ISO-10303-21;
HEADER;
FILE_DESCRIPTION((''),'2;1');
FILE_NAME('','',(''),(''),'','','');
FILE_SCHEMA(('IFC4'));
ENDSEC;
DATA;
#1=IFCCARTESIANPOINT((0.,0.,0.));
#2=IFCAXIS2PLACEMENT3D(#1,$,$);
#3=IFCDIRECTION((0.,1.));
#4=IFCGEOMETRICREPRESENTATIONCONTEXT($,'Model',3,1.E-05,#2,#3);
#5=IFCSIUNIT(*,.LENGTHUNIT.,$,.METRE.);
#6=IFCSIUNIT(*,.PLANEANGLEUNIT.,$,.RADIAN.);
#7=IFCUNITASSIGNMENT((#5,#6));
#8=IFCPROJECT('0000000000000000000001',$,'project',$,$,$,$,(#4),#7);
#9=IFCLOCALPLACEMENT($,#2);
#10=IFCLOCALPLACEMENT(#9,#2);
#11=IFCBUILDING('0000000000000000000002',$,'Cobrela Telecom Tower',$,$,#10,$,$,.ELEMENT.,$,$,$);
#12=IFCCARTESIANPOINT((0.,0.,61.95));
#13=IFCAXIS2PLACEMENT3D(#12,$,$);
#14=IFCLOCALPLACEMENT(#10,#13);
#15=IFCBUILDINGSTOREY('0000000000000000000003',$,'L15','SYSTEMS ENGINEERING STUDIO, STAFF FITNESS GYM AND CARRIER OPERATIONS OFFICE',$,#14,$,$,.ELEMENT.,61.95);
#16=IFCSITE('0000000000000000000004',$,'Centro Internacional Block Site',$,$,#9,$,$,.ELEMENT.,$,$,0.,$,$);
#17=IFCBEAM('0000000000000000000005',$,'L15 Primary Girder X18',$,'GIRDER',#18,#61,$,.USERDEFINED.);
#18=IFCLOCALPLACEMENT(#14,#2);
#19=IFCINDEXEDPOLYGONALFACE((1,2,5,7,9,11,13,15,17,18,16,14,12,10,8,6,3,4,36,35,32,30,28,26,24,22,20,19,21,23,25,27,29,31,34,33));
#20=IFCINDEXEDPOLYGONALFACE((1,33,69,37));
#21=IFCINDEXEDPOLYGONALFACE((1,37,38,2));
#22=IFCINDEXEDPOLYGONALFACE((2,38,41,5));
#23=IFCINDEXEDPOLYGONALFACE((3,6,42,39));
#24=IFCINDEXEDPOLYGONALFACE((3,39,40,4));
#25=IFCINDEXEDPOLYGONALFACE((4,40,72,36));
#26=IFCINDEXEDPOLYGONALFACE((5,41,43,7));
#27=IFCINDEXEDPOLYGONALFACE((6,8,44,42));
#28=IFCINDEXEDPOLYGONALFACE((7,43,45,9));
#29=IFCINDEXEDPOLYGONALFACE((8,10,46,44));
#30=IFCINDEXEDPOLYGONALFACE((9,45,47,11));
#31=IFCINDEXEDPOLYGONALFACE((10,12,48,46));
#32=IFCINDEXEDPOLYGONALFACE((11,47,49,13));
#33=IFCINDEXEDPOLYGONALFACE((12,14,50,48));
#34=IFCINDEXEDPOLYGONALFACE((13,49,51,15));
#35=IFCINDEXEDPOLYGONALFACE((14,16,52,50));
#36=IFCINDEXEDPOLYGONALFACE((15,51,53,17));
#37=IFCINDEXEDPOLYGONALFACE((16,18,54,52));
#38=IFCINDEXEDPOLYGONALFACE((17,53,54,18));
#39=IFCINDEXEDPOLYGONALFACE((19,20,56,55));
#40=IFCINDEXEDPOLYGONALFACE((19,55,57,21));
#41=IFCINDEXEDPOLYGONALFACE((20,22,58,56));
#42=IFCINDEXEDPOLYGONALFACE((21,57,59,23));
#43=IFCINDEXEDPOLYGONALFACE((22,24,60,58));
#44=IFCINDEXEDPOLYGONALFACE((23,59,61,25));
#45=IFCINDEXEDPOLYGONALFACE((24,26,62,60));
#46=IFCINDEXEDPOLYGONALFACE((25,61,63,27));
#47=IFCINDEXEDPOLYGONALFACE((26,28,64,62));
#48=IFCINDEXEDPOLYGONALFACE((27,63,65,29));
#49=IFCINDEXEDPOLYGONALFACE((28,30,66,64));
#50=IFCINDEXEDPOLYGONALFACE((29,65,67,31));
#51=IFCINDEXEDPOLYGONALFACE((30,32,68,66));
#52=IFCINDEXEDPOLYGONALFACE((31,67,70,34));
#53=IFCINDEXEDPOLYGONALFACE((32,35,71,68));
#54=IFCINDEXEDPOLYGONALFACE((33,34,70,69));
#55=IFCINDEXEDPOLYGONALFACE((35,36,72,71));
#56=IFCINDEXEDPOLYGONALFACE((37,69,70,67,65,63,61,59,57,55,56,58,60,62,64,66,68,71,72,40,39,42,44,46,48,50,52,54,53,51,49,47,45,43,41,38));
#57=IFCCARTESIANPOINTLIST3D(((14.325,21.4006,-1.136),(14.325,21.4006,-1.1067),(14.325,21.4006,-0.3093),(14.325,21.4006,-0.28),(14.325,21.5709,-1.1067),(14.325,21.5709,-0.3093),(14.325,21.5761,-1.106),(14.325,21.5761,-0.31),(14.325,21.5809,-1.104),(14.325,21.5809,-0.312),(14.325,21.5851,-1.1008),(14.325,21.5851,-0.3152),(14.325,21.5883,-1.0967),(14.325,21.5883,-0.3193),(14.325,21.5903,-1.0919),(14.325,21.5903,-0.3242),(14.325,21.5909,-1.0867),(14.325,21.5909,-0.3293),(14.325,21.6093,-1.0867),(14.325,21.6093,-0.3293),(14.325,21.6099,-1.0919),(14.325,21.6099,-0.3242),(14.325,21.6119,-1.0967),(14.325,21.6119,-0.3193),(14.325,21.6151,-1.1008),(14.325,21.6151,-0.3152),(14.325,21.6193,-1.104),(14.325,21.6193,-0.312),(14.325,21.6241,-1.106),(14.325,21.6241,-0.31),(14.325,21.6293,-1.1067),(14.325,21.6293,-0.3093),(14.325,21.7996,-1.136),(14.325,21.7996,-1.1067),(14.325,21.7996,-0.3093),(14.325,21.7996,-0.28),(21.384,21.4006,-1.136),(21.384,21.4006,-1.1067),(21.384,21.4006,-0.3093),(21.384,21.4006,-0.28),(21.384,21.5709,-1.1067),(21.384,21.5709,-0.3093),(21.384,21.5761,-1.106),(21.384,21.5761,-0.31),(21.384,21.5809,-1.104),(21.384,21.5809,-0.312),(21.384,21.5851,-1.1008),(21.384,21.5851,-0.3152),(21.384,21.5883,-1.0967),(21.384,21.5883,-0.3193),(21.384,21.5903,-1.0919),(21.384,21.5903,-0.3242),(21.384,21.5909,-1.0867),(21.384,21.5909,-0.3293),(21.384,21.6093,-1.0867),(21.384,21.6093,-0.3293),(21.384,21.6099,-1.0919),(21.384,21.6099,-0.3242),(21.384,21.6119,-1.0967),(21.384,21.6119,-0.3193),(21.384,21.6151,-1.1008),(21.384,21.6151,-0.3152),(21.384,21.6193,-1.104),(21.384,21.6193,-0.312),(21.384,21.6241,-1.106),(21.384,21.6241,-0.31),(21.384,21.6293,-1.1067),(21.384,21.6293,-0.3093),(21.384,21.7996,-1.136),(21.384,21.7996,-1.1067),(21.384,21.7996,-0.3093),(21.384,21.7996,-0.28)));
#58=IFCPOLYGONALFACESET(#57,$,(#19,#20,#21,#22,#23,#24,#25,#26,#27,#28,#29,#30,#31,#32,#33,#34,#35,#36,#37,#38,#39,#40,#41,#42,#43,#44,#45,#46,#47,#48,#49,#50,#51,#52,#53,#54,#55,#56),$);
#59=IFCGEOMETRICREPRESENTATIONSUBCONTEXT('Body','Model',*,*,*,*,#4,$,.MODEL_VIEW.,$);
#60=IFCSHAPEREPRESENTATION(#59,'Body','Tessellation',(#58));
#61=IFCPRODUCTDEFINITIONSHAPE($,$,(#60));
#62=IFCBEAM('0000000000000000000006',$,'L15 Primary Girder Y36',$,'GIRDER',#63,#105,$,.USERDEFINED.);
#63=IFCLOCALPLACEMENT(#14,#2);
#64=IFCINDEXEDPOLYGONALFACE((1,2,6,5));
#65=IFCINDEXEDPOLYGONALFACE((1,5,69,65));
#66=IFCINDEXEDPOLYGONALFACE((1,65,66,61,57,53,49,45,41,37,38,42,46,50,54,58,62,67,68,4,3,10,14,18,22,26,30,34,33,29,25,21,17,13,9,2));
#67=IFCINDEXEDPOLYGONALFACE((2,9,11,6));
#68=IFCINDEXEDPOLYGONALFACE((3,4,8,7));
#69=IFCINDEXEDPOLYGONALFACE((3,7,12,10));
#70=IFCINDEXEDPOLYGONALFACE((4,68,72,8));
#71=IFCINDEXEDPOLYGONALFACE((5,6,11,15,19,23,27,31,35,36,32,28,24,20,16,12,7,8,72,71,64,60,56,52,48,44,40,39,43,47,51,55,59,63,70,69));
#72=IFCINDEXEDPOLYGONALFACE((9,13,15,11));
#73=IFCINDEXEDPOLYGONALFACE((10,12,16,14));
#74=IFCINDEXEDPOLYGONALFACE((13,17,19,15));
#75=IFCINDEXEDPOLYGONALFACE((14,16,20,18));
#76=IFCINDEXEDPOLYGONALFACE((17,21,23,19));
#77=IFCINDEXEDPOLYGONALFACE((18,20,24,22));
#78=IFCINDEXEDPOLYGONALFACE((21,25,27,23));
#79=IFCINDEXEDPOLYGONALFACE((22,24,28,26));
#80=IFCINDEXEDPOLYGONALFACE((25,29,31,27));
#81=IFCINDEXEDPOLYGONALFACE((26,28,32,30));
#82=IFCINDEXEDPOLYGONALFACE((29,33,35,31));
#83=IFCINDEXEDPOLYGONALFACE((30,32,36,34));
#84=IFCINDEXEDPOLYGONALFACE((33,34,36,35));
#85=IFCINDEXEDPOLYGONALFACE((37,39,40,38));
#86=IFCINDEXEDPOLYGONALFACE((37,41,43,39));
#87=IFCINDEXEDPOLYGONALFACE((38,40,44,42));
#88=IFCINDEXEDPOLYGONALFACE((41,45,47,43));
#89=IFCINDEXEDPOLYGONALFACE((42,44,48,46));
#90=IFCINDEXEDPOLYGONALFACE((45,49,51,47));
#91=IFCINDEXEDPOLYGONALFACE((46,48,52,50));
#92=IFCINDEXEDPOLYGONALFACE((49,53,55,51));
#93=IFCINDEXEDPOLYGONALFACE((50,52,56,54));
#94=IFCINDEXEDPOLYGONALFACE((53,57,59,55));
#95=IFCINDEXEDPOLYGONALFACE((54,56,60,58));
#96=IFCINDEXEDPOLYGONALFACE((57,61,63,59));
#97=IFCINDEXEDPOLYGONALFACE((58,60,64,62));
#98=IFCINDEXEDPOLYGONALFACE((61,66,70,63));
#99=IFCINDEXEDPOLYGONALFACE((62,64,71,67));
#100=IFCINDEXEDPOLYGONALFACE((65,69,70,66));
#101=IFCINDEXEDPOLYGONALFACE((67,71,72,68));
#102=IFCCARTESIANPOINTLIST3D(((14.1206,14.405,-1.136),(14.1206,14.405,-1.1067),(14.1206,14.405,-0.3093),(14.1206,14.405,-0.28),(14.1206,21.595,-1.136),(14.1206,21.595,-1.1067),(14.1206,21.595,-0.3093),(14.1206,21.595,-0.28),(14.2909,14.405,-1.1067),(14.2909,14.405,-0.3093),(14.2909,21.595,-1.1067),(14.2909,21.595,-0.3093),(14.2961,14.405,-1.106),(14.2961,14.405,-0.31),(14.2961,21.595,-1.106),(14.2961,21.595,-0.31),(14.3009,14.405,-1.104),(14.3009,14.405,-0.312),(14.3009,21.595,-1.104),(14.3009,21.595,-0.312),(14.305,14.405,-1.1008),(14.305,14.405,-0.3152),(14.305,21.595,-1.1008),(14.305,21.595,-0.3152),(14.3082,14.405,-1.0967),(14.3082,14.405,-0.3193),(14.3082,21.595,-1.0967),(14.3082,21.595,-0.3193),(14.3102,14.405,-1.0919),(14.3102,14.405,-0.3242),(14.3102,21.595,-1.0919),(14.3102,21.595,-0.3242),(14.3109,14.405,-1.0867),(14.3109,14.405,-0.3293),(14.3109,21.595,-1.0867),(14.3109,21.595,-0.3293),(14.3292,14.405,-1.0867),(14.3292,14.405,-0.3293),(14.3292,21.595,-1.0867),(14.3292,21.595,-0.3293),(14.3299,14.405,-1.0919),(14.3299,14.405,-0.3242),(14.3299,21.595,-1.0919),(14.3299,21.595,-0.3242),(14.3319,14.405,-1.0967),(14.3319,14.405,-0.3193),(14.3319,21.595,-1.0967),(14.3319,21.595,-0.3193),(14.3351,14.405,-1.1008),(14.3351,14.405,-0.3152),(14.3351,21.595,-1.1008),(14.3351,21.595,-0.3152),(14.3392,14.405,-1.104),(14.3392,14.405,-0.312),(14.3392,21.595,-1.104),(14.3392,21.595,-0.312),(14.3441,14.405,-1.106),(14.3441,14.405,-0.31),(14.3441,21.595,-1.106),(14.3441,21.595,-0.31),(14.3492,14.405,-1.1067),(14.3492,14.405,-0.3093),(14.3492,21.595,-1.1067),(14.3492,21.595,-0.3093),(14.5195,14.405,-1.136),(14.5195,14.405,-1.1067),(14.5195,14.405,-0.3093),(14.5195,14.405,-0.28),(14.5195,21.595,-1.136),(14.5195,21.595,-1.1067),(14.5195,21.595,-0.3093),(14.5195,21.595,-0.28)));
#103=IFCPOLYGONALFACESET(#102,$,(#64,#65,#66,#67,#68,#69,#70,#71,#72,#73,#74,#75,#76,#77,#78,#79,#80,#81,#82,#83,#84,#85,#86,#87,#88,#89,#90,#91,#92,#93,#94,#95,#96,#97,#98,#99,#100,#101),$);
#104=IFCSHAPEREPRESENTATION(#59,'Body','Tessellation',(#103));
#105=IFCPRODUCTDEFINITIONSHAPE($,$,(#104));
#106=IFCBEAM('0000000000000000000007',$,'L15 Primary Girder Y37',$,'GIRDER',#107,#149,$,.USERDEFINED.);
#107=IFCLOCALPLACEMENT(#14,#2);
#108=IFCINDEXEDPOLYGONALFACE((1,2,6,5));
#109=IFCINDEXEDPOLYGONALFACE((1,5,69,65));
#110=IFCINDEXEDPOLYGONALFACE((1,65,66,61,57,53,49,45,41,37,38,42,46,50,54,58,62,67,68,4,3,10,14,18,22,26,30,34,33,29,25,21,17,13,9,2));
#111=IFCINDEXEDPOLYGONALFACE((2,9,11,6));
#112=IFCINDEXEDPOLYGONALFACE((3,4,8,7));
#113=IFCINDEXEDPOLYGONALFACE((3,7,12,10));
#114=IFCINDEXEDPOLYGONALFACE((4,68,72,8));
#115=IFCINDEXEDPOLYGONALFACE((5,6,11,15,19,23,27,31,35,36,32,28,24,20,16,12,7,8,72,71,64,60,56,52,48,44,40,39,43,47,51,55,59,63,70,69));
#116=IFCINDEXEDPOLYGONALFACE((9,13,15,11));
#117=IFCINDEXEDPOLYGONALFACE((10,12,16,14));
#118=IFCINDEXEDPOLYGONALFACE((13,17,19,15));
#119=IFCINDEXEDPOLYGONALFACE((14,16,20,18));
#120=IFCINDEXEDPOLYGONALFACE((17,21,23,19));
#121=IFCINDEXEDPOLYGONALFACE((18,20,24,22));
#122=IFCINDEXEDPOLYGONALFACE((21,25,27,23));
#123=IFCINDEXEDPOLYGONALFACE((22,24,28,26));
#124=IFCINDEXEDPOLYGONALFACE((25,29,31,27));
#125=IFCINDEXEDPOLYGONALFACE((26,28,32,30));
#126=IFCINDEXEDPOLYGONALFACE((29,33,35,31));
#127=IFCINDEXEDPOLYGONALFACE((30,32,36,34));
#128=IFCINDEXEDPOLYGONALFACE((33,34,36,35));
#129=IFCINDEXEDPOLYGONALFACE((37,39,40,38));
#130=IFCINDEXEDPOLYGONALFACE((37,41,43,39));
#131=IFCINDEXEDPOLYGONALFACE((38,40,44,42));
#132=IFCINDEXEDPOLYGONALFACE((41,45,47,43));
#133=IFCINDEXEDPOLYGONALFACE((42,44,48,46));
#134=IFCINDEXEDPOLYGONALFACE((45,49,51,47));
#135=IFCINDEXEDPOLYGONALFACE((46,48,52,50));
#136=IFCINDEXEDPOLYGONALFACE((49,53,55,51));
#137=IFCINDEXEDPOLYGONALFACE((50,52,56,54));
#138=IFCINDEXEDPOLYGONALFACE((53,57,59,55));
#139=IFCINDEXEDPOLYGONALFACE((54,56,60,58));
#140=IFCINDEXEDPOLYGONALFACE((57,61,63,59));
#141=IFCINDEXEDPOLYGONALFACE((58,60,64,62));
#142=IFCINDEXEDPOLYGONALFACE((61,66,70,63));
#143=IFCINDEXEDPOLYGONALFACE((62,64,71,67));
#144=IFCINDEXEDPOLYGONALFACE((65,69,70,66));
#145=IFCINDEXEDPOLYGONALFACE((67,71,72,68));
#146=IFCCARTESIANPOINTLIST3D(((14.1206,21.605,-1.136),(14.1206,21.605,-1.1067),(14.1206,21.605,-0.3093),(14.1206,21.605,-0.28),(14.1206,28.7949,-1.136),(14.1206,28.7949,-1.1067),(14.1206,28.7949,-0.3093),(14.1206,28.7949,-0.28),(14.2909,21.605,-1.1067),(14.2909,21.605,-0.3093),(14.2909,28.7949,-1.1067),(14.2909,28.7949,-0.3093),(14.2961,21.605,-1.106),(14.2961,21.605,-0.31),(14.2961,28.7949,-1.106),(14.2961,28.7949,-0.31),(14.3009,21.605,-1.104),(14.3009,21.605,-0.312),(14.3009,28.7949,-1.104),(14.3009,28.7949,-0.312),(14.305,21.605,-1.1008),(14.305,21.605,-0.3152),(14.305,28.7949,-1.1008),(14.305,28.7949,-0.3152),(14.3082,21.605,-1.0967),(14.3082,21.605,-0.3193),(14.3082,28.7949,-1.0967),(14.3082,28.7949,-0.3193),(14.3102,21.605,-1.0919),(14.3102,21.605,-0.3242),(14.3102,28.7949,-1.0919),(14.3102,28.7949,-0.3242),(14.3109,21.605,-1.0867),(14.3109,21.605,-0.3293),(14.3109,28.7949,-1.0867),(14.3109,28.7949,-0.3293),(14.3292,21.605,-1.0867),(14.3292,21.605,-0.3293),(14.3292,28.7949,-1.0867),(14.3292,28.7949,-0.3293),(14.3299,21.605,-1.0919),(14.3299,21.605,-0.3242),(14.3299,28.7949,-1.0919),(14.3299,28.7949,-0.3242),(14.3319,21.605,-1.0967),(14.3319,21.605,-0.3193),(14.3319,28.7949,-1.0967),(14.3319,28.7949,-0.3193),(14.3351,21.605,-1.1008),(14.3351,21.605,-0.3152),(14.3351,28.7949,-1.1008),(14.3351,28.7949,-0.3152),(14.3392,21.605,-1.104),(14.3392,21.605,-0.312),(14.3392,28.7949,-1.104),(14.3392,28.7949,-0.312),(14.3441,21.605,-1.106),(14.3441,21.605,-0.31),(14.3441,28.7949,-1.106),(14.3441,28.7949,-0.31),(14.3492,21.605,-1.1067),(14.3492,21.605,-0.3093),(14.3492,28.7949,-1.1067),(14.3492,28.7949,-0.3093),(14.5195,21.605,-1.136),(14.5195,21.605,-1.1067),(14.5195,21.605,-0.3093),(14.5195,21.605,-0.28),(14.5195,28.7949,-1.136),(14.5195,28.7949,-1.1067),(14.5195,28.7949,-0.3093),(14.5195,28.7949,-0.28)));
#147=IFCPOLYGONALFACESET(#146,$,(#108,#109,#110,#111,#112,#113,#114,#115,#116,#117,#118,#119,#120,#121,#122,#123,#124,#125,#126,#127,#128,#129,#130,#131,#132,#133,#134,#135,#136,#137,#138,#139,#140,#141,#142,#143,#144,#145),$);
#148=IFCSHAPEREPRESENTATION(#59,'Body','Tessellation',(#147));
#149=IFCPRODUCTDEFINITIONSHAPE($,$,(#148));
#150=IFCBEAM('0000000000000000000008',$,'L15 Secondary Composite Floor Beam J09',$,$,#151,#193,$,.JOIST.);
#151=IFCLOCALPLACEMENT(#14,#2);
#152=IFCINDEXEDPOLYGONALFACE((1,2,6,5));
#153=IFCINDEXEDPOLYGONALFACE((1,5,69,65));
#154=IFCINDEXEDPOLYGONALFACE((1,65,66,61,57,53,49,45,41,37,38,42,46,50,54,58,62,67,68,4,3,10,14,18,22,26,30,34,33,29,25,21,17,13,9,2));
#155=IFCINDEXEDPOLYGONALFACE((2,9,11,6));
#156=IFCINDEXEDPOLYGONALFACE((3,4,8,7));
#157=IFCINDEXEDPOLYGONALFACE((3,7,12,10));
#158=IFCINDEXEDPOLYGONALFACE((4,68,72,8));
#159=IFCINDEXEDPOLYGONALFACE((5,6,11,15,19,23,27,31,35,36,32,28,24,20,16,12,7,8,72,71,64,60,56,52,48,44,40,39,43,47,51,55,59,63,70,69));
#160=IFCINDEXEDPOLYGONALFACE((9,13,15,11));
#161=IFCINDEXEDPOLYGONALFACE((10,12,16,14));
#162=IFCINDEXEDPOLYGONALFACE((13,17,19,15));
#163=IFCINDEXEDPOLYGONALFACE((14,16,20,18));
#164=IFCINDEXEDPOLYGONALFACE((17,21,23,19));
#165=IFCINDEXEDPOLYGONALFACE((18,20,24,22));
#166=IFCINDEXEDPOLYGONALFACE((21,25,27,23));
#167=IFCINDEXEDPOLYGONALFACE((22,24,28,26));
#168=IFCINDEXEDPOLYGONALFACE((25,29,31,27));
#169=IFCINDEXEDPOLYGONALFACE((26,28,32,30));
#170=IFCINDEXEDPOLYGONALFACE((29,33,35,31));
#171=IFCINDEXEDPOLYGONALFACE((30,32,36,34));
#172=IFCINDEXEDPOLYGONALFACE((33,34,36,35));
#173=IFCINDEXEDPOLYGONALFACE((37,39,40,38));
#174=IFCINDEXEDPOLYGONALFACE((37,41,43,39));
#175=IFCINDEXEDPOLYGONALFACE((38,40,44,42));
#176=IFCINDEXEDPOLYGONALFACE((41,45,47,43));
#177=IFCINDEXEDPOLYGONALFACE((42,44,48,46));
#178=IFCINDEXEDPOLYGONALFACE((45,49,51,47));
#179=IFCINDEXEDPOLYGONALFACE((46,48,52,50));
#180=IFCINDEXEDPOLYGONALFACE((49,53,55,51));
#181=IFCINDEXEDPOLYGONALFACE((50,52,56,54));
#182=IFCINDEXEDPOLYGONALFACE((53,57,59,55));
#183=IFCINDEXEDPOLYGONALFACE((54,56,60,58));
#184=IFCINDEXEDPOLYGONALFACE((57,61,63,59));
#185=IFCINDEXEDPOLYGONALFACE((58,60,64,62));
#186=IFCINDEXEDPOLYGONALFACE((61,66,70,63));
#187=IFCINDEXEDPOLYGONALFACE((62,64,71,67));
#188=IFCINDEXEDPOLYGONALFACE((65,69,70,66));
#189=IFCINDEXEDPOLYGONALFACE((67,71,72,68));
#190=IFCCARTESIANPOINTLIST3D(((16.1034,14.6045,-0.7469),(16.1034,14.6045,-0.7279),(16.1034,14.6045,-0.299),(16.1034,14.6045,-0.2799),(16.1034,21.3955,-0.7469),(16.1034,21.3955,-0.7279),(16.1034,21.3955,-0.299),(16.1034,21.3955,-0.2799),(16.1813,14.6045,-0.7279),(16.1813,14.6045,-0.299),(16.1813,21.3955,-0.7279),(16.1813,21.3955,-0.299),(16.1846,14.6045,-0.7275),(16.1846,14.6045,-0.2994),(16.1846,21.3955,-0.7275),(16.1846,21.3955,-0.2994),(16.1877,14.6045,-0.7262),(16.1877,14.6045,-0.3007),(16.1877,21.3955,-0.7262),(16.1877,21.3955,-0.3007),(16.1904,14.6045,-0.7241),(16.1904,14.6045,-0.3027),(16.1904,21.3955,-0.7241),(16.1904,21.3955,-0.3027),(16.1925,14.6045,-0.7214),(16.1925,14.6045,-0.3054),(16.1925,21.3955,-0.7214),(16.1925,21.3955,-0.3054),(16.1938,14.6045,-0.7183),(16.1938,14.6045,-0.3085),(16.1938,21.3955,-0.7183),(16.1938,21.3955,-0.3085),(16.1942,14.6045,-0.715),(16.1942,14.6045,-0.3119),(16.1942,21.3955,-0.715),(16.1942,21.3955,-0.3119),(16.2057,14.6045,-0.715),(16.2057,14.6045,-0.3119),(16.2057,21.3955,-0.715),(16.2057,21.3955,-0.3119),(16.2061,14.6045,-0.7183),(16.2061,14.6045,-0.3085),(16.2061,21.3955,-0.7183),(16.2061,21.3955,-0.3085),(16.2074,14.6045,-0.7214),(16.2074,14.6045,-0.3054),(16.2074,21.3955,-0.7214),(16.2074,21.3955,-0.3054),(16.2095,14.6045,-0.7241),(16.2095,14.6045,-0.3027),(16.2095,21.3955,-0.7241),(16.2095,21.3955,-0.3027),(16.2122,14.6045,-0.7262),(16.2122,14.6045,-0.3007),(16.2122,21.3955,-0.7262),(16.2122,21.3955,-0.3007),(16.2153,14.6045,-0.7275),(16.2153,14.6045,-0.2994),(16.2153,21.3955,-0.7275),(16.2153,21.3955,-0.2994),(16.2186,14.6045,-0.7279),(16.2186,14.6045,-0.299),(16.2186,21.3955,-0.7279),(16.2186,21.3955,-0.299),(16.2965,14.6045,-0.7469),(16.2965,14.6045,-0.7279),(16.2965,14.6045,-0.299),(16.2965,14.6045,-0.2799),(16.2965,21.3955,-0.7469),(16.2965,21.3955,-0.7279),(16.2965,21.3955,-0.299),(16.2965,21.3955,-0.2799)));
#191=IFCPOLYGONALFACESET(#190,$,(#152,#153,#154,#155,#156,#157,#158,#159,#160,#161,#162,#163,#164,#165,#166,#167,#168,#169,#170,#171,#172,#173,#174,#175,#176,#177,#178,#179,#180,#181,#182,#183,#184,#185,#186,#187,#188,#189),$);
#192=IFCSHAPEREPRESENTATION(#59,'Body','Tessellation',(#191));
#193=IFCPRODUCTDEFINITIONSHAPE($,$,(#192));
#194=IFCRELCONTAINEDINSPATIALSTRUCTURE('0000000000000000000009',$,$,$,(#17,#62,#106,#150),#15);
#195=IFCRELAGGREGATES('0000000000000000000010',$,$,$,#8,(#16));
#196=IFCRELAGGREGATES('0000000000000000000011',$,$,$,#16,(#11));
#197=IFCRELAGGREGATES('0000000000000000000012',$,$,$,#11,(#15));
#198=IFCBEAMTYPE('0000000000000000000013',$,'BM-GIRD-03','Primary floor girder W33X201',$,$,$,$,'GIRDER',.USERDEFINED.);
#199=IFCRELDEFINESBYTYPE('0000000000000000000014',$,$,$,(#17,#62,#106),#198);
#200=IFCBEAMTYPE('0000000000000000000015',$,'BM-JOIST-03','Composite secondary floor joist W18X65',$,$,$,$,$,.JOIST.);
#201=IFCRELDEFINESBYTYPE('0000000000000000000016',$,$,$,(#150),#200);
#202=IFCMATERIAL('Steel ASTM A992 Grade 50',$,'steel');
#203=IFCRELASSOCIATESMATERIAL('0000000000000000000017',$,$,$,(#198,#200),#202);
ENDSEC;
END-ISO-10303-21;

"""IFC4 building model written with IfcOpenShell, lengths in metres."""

from ifc_helpers import new_model, si_unit, direction, frame, origin, origin_2d, place, context, subcontext, project, spatial, i_section, extrude, material, material_profile, profile_set, type_object, element, save


model = new_model("IFC4")

# Units and contexts
model_context = context("Model", 3, precision=1e-05, world=origin(), true_north=direction((0.0, 1.0)))
body_context = subcontext(model_context, "Body", "Model", "MODEL_VIEW")
ifc_project = project(units=[si_unit("LENGTHUNIT", "METRE"), si_unit("PLANEANGLEUNIT", "RADIAN")], contexts=[model_context])

# Site, building, storey
site_placement = place(None, origin())
site = spatial("IfcSite", under=ifc_project, at=site_placement, Name="Centro Internacional Block Site", CompositionType="ELEMENT", RefElevation=0.0)
building_placement = place(site_placement, origin())
building = spatial("IfcBuilding", under=site, at=building_placement, Name="Cobrela Telecom Tower", CompositionType="ELEMENT")
storey_placement = place(building_placement, frame((0.0, 0.0, 61.95)))
storey = spatial("IfcBuildingStorey", under=building, at=storey_placement, Name="L15", Description="SYSTEMS ENGINEERING STUDIO, STAFF FITNESS GYM AND CARRIER OPERATIONS OFFICE", CompositionType="ELEMENT", Elevation=61.95)

# Beams
ifc_material_1 = material(Name="Steel ASTM A992 Grade 50", Category="steel")
ifc_material_profile_1 = material_profile(ifc_material_1, i_section(OverallWidth=0.3989, OverallDepth=0.856, WebThickness=0.0183, FlangeThickness=0.0293, FilletRadius=0.02, at=origin_2d()), Name="W33X201")
ifc_profile_set_1 = profile_set([ifc_material_profile_1], Name="Steel ASTM A992 Grade 50")
beam_type_1 = type_object("IfcBeamType", Name="BM-GIRD-03", Description="Primary floor girder W33X201", ElementType="GIRDER", PredefinedType="USERDEFINED", material=ifc_profile_set_1)
beam_placement = place(storey_placement, frame((14.325, 21.6001, -0.708), z_axis=(1.0, 0.0, 0.0), x_axis=(0.0, 1.0, 0.0)))
element("IfcBeam", 1, at=beam_placement, inside=storey, type_object=beam_type_1, Name="L15 Primary Girder X18", ObjectType="GIRDER", PredefinedType="USERDEFINED", context=body_context, shape_type="SweptSolid", body=[
    extrude(i_section(OverallWidth=0.3989, OverallDepth=0.856, WebThickness=0.0183, FlangeThickness=0.0293, FilletRadius=0.02, at=origin_2d()), origin(), (0.0, 0.0, 1.0), 7.0591),
])
for number, where, z_axis, x_axis, name in (
    (2, (14.3201, 14.405, -0.708), (0.0, 1.0, 0.0), (-1.0, 0.0, 0.0), "L15 Primary Girder Y36"),
    (3, (14.3201, 21.605, -0.708), (0.0, 1.0, 0.0), (-1.0, 0.0, 0.0), "L15 Primary Girder Y37"),
):
    element("IfcBeam", number, at=place(storey_placement, frame(where, z_axis=z_axis, x_axis=x_axis)), inside=storey, type_object=beam_type_1, Name=name, ObjectType="GIRDER", PredefinedType="USERDEFINED", context=body_context, shape_type="SweptSolid", body=[
        extrude(i_section(OverallWidth=0.3989, OverallDepth=0.856, WebThickness=0.0183, FlangeThickness=0.0293, FilletRadius=0.02, at=origin_2d()), origin(), (0.0, 0.0, 1.0), 7.1899),
    ])
ifc_material_profile_2 = material_profile(ifc_material_1, i_section(OverallWidth=0.1931, OverallDepth=0.467, WebThickness=0.0115, FlangeThickness=0.019, FilletRadius=0.0129, at=origin_2d()), Name="W18X65")
ifc_profile_set_2 = profile_set([ifc_material_profile_2], Name="Steel ASTM A992 Grade 50")
beam_type_2 = type_object("IfcBeamType", Name="BM-JOIST-03", Description="Composite secondary floor joist W18X65", PredefinedType="JOIST", material=ifc_profile_set_2)
for number, where, z_axis, x_axis, name in (
    (4, (16.2, 14.6045, -0.5134), (0.0, 1.0, 0.0), (-1.0, 0.0, 0.0), "L15 Secondary Composite Floor Beam J09"),
):
    element("IfcBeam", number, at=place(storey_placement, frame(where, z_axis=z_axis, x_axis=x_axis)), inside=storey, type_object=beam_type_2, Name=name, PredefinedType="JOIST", context=body_context, shape_type="SweptSolid", body=[
        extrude(i_section(OverallWidth=0.1931, OverallDepth=0.467, WebThickness=0.0115, FlangeThickness=0.019, FilletRadius=0.0129, at=origin_2d()), origin(), (0.0, 0.0, 1.0), 6.791),
    ])

save(model, "model.ifc")
